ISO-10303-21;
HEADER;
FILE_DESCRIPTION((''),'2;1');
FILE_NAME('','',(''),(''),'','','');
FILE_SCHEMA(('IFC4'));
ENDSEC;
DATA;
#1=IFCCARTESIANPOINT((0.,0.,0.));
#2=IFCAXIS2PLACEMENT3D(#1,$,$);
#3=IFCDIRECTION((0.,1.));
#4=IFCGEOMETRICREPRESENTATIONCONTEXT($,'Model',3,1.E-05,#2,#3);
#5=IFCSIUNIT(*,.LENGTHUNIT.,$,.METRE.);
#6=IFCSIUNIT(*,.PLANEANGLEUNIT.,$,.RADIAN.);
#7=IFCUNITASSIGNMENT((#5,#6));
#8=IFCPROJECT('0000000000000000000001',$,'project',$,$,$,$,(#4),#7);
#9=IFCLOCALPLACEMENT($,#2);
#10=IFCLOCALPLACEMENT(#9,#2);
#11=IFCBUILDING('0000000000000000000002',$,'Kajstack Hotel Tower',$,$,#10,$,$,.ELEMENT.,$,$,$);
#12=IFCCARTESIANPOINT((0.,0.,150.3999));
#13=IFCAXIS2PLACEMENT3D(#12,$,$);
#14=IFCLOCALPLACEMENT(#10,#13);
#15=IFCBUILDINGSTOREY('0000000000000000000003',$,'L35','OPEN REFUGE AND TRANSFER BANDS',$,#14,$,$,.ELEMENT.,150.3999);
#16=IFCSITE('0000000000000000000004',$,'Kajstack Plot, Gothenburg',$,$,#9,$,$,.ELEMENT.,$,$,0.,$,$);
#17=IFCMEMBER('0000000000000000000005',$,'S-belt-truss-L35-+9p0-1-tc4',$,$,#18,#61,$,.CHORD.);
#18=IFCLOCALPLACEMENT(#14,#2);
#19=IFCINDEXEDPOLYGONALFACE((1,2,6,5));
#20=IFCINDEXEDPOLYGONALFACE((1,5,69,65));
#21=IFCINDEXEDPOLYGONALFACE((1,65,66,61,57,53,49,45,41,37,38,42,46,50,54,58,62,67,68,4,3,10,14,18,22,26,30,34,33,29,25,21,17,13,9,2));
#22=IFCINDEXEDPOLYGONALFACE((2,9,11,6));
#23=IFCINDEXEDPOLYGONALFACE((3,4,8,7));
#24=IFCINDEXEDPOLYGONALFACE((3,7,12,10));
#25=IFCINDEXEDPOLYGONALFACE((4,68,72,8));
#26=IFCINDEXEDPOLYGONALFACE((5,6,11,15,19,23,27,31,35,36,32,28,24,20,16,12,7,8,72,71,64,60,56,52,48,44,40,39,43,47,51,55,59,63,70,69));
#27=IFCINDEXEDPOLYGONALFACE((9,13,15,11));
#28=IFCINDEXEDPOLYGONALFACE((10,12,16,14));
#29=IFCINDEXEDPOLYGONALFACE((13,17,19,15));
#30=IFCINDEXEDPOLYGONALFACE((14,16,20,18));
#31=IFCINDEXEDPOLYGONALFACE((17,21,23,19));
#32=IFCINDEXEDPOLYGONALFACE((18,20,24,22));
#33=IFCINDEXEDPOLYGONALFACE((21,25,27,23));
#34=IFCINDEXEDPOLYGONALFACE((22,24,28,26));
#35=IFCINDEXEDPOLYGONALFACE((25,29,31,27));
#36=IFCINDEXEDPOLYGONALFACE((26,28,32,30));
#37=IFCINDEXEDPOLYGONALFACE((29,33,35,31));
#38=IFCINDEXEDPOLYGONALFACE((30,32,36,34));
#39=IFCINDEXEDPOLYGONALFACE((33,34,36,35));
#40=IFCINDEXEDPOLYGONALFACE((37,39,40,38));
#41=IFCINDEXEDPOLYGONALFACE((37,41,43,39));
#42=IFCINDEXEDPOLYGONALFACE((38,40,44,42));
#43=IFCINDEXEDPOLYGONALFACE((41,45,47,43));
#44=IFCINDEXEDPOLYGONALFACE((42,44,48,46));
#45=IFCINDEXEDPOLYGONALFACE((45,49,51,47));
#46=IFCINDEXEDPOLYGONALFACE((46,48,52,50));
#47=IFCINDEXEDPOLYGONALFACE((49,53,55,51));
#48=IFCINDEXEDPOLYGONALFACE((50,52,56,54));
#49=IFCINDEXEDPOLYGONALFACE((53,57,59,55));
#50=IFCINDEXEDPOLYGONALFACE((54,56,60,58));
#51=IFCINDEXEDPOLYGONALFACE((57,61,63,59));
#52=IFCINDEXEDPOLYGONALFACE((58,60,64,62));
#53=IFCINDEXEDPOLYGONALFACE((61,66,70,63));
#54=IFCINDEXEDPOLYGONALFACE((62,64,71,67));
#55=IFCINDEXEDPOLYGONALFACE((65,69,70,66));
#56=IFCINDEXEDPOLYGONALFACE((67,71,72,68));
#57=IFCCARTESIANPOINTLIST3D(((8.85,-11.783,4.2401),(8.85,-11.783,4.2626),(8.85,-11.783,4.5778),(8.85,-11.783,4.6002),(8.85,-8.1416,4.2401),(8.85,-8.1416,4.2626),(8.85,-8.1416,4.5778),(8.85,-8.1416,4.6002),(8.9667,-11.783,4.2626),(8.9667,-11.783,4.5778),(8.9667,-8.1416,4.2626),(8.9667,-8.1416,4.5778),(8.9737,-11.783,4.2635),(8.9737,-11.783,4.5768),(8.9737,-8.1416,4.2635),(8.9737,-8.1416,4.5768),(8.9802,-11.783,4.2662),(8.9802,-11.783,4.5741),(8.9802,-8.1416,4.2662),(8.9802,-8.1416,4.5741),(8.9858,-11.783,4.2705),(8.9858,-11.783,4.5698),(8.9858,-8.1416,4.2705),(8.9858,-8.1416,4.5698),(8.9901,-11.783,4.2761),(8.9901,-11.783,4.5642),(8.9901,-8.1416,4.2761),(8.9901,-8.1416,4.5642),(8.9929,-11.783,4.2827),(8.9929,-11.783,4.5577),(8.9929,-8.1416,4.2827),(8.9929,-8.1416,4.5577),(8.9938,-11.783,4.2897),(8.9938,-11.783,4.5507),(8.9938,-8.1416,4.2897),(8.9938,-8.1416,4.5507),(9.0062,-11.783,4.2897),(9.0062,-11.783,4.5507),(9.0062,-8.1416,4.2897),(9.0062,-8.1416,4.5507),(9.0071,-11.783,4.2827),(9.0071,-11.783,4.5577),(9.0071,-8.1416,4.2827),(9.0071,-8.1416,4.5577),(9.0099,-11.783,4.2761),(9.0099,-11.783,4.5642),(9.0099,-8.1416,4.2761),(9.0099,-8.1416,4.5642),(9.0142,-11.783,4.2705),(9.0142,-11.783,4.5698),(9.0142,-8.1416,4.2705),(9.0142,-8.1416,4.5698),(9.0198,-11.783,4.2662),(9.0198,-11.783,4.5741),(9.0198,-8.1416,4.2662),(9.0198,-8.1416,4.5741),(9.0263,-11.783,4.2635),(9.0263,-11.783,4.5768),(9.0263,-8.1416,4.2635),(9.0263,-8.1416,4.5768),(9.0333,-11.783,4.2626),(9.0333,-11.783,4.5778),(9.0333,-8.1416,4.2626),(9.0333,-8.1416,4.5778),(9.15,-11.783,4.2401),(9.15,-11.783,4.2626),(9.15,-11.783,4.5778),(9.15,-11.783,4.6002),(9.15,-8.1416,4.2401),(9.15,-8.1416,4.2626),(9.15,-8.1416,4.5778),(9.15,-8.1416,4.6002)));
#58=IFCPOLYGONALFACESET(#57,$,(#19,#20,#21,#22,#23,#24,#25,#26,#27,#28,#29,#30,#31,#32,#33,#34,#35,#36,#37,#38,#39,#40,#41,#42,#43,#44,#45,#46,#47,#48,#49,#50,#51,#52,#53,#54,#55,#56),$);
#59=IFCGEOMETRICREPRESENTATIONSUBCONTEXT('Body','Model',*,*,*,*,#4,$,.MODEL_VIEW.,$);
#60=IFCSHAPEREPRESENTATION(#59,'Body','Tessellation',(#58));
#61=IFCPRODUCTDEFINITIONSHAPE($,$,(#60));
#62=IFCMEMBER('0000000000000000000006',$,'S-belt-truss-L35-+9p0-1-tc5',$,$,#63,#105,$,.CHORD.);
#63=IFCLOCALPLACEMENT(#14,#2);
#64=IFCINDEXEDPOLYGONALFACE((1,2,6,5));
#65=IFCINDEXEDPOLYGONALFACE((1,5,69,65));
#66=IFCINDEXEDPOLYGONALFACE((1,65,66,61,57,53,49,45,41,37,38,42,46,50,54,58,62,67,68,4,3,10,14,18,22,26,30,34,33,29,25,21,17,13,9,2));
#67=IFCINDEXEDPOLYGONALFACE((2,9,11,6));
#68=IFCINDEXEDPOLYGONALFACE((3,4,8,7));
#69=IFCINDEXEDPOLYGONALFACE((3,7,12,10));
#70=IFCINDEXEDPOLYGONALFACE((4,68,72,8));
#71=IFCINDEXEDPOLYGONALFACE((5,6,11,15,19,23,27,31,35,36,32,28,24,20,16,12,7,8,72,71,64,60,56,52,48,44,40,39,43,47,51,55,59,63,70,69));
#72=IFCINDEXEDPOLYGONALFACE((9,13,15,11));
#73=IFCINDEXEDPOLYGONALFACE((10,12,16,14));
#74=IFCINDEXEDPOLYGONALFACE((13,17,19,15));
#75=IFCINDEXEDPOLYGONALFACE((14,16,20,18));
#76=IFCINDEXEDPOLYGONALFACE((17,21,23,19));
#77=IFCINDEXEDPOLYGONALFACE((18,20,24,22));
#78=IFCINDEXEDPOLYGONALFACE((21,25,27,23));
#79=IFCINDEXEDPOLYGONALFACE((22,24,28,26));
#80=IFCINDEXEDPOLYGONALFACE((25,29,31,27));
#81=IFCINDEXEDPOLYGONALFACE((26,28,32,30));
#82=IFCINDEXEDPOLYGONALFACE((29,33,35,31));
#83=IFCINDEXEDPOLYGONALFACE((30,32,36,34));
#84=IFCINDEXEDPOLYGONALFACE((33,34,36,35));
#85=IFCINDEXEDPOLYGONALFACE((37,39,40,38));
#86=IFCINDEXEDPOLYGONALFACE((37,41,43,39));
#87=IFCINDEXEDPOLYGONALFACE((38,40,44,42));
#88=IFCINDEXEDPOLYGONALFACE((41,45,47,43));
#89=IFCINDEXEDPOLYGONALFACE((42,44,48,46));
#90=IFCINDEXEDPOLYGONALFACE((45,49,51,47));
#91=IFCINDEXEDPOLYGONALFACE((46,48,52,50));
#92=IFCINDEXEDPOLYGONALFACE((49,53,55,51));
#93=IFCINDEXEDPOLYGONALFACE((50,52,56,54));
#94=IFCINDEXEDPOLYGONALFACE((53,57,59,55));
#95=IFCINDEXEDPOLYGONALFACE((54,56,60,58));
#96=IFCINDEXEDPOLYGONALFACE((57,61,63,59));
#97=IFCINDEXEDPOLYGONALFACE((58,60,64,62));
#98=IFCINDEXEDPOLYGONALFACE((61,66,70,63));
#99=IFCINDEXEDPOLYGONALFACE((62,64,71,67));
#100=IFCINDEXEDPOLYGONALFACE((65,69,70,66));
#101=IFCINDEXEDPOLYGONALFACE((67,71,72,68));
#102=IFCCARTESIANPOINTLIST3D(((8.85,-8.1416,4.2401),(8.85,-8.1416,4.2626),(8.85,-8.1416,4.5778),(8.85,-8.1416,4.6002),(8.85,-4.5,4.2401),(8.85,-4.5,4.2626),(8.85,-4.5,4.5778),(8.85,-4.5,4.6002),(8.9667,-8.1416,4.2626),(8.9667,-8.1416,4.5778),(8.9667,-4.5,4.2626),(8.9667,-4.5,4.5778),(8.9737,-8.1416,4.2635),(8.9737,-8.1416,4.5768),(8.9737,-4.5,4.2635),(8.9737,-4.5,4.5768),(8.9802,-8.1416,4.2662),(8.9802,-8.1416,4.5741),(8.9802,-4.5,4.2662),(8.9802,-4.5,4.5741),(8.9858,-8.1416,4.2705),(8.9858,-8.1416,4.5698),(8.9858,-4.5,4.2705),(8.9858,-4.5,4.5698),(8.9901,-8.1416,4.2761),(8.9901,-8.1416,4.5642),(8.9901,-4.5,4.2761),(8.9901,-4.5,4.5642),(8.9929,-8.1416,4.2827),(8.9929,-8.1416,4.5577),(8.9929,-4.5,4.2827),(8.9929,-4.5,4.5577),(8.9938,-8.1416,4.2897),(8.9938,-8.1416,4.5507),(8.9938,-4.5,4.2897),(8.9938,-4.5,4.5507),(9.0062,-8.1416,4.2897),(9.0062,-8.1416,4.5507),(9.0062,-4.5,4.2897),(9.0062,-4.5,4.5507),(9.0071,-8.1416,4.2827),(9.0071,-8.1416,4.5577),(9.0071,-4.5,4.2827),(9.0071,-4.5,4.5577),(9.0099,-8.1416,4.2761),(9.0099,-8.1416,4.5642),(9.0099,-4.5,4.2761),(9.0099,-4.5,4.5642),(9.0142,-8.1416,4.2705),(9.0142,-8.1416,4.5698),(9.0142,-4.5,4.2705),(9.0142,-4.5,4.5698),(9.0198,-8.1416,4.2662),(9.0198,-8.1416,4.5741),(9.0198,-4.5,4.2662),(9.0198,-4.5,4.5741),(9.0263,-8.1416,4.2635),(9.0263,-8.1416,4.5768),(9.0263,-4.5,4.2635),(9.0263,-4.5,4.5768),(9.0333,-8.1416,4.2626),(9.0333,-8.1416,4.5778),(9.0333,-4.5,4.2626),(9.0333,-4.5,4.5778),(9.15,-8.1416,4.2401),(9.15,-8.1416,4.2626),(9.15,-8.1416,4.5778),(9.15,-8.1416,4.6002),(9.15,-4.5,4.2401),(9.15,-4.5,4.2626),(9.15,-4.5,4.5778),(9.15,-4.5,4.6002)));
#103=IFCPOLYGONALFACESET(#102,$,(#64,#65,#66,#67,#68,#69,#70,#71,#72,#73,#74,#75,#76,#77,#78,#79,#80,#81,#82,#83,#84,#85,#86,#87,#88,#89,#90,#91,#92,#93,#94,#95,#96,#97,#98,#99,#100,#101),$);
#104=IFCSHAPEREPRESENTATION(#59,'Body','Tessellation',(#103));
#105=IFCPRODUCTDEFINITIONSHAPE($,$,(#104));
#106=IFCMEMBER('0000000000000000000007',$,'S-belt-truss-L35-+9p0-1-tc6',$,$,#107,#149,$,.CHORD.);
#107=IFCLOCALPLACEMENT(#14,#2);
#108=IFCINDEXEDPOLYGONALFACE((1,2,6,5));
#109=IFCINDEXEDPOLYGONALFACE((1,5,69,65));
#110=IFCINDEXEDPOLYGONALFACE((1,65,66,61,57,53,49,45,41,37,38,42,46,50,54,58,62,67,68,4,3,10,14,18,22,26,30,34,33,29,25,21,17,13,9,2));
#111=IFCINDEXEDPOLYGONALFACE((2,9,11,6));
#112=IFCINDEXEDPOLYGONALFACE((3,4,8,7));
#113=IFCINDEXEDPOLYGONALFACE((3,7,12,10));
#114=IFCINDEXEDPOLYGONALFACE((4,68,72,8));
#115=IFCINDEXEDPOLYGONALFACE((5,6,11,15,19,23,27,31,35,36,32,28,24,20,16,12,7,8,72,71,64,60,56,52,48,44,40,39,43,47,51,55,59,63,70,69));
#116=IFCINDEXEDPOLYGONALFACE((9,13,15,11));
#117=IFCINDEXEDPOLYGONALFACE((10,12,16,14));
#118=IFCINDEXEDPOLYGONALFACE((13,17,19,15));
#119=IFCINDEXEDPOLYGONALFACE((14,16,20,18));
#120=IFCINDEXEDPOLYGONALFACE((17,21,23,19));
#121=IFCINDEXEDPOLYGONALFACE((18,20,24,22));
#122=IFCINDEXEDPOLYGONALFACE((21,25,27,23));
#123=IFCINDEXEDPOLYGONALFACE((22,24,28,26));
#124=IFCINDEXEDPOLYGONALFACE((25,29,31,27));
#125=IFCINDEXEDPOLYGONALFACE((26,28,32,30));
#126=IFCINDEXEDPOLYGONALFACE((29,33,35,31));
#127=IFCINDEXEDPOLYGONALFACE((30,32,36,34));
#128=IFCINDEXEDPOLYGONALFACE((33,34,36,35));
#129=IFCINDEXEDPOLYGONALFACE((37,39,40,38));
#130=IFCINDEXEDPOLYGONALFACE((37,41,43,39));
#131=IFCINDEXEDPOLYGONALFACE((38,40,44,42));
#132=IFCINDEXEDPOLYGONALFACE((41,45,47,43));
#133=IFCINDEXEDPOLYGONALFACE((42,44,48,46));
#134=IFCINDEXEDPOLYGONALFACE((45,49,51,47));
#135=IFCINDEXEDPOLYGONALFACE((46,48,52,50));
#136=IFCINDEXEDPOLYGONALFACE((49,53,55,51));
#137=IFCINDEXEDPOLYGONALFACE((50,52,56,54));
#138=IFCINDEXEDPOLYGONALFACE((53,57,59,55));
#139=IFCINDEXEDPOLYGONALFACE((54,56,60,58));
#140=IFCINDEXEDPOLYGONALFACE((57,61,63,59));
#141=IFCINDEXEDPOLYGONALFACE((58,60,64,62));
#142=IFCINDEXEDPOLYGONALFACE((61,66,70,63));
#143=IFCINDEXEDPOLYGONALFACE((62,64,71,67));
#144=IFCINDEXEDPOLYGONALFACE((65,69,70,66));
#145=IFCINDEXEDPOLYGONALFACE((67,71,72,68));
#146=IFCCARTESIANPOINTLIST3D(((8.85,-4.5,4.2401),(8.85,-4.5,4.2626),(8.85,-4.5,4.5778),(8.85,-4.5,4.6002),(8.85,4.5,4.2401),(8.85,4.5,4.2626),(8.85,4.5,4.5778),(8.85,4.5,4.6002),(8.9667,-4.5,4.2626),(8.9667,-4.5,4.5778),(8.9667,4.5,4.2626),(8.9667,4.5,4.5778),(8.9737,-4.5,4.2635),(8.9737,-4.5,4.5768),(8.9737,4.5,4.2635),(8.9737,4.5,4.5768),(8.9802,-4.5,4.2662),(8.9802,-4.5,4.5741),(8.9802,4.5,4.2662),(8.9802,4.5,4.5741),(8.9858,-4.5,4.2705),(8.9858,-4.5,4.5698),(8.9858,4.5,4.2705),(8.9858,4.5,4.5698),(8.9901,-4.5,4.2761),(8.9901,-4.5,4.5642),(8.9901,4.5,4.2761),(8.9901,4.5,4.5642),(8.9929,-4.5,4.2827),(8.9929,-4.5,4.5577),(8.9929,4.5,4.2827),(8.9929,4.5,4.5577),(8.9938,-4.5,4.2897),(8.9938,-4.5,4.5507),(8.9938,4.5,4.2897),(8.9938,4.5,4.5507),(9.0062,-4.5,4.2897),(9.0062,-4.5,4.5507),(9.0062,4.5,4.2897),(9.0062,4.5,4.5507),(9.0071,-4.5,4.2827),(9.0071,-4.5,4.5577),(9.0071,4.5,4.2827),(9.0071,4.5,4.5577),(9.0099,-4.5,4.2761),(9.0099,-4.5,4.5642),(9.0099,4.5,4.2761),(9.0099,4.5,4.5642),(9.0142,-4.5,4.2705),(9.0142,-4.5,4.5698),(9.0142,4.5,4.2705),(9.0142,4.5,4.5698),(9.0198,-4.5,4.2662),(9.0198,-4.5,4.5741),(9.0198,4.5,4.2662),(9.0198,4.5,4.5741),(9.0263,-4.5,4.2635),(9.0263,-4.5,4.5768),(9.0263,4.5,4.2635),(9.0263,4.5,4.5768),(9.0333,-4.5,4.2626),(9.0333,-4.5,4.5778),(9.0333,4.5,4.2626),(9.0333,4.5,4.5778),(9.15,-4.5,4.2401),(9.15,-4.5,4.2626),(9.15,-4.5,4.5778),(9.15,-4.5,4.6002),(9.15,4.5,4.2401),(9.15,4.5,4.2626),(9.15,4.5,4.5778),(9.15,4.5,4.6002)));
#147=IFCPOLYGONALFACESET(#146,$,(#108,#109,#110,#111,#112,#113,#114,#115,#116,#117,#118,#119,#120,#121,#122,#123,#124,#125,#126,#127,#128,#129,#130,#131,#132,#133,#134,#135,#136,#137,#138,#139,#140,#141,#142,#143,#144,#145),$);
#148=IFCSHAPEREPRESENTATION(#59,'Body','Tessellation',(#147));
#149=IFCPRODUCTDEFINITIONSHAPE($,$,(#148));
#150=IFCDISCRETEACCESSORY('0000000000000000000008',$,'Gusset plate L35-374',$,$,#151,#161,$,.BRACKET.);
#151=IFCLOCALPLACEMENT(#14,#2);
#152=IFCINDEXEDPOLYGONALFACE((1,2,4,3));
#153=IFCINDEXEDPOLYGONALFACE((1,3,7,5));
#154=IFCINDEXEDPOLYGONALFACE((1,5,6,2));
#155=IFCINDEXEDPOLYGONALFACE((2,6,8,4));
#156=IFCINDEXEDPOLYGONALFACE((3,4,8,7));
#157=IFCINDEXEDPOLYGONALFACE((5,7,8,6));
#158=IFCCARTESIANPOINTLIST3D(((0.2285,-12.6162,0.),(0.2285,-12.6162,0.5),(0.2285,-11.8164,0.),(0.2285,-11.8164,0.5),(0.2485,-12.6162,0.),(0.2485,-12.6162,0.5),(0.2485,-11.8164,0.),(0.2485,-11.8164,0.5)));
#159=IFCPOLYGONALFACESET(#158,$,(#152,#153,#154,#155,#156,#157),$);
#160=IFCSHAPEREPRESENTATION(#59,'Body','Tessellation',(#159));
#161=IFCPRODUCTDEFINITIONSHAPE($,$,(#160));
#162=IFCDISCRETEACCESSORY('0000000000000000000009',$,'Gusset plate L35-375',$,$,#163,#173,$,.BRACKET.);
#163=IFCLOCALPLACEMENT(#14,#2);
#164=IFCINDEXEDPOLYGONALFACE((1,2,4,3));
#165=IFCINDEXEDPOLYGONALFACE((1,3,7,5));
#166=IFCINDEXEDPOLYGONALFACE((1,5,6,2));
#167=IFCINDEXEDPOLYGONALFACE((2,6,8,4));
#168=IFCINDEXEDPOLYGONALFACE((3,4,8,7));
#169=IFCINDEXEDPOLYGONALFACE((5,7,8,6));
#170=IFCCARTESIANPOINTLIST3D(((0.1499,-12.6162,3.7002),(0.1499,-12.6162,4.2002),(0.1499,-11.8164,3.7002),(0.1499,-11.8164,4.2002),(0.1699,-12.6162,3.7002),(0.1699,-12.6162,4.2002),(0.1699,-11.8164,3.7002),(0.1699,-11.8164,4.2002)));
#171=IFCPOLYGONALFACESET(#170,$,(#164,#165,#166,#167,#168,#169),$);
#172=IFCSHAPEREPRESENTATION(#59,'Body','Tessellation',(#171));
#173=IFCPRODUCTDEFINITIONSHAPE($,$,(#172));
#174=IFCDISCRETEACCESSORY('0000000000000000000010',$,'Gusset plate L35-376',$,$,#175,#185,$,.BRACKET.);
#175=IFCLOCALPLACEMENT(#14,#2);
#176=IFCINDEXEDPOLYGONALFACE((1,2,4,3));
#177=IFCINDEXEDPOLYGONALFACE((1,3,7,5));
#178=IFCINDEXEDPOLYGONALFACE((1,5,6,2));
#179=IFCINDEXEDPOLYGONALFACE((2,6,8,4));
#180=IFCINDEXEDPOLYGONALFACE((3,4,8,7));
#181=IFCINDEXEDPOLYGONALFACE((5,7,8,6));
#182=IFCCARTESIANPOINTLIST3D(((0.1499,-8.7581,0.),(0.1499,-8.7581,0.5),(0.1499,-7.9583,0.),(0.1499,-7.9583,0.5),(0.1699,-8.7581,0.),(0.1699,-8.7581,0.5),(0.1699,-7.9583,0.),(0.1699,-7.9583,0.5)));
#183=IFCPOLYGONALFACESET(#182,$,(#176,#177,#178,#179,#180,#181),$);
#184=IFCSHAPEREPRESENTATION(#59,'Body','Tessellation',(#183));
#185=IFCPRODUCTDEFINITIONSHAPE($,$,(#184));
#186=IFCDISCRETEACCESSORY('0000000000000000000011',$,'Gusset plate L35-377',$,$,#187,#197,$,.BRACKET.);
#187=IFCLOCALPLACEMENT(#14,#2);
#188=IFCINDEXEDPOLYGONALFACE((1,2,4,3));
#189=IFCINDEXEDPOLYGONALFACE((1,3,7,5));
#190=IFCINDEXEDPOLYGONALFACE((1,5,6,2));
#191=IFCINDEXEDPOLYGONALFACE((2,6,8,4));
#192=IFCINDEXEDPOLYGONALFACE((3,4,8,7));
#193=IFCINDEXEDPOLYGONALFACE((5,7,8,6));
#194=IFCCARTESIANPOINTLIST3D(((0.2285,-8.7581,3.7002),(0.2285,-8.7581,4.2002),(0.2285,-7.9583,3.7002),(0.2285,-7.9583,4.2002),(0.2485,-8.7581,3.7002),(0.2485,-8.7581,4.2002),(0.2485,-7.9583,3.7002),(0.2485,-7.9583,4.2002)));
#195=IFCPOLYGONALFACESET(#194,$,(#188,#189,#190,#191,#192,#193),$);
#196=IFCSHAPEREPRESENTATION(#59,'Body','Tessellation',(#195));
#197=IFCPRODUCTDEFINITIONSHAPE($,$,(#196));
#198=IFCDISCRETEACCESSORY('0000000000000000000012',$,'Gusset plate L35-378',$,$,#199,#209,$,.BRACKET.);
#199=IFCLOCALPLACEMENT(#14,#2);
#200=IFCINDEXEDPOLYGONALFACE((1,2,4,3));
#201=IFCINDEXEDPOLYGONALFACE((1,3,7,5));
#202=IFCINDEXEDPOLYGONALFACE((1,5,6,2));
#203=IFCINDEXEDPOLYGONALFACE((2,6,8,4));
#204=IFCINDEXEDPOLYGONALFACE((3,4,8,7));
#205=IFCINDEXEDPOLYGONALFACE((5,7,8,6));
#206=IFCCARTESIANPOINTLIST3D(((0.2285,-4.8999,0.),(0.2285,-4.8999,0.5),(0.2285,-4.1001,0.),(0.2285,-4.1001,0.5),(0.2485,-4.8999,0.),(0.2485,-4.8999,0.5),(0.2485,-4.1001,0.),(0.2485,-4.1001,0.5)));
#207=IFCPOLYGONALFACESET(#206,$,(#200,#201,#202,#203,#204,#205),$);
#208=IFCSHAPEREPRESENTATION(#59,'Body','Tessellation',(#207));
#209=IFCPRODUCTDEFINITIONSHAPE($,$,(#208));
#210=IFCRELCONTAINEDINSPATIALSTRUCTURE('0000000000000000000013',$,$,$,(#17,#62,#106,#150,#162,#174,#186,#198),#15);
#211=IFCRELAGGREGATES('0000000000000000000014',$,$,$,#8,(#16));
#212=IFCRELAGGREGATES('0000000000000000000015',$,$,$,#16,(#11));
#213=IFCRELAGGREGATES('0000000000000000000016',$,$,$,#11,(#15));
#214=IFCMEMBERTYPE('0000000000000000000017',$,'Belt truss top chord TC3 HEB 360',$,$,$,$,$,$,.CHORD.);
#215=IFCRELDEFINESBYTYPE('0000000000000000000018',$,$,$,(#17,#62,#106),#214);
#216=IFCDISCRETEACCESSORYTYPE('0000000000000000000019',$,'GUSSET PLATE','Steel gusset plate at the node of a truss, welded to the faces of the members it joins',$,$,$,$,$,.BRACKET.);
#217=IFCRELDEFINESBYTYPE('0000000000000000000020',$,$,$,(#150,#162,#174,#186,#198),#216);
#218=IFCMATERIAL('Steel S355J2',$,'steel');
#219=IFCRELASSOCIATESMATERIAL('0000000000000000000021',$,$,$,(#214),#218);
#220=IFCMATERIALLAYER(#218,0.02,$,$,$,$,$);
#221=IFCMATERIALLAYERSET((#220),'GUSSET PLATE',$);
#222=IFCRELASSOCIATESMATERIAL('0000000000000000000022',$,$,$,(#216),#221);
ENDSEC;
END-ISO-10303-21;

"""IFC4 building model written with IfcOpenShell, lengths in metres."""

from ifc_helpers import new_model, si_unit, direction, frame, origin, origin_2d, place, context, subcontext, project, spatial, polyline, i_section, outline, extrude, material, layer, layer_set, material_profile, profile_set, type_object, element, save


model = new_model("IFC4")

# Units and contexts
model_context = context("Model", 3, precision=1e-05, world=origin(), true_north=direction((0.0, 1.0)))
body_context = subcontext(model_context, "Body", "Model", "MODEL_VIEW")
ifc_project = project(units=[si_unit("LENGTHUNIT", "METRE"), si_unit("PLANEANGLEUNIT", "RADIAN")], contexts=[model_context])

# Site, building, storey
site_placement = place(None, origin())
site = spatial("IfcSite", under=ifc_project, at=site_placement, Name="Kajstack Plot, Gothenburg", CompositionType="ELEMENT", RefElevation=0.0)
building_placement = place(site_placement, origin())
building = spatial("IfcBuilding", under=site, at=building_placement, Name="Kajstack Hotel Tower", CompositionType="ELEMENT")
storey_placement = place(building_placement, frame((0.0, 0.0, 150.3999)))
storey = spatial("IfcBuildingStorey", under=building, at=storey_placement, Name="L35", Description="OPEN REFUGE AND TRANSFER BANDS", CompositionType="ELEMENT", Elevation=150.3999)

# Members
ifc_material = material(Name="Steel S355J2", Category="steel")
ifc_material_profile_1 = material_profile(ifc_material, i_section(OverallWidth=0.3, OverallDepth=0.3601, WebThickness=0.0125, FlangeThickness=0.0225, FilletRadius=0.0271, at=origin_2d()), Name="HEB 360")
ifc_profile_set_1 = profile_set([ifc_material_profile_1], Name="Steel S355J2")
member_type_1 = type_object("IfcMemberType", Name="Belt truss top chord TC3 HEB 360", PredefinedType="CHORD", material=ifc_profile_set_1)
member_1_placement = place(storey_placement, frame((9.0, -11.783, 4.4202), z_axis=(0.0, 1.0, 0.0), x_axis=(-1.0, 0.0, 0.0)))
element("IfcMember", 1, at=member_1_placement, inside=storey, type_object=member_type_1, Name="S-belt-truss-L35-+9p0-1-tc4", PredefinedType="CHORD", context=body_context, shape_type="SweptSolid", body=[
    extrude(i_section(OverallWidth=0.3, OverallDepth=0.3601, WebThickness=0.0125, FlangeThickness=0.0225, FilletRadius=0.0271, at=origin_2d()), origin(), (0.0, 0.0, 1.0), 3.6414),
])
member_2_placement = place(storey_placement, frame((9.0, -8.1416, 4.4202), z_axis=(0.0, 1.0, 0.0), x_axis=(-1.0, 0.0, 0.0)))
element("IfcMember", 2, at=member_2_placement, inside=storey, type_object=member_type_1, Name="S-belt-truss-L35-+9p0-1-tc5", PredefinedType="CHORD", context=body_context, shape_type="SweptSolid", body=[
    extrude(i_section(OverallWidth=0.3, OverallDepth=0.3601, WebThickness=0.0125, FlangeThickness=0.0225, FilletRadius=0.0271, at=origin_2d()), origin(), (0.0, 0.0, 1.0), 3.6416),
])
member_3_placement = place(storey_placement, frame((9.0, -4.5, 4.4202), z_axis=(0.0, 1.0, 0.0), x_axis=(-1.0, 0.0, 0.0)))
element("IfcMember", 3, at=member_3_placement, inside=storey, type_object=member_type_1, Name="S-belt-truss-L35-+9p0-1-tc6", PredefinedType="CHORD", context=body_context, shape_type="SweptSolid", body=[
    extrude(i_section(OverallWidth=0.3, OverallDepth=0.3601, WebThickness=0.0125, FlangeThickness=0.0225, FilletRadius=0.0271, at=origin_2d()), origin(), (0.0, 0.0, 1.0), 9.0),
])

# Discrete accessories
ifc_layer = layer(ifc_material, 0.02)
ifc_layer_set = layer_set([ifc_layer], Name="GUSSET PLATE")
discrete_accessory_type = type_object("IfcDiscreteAccessoryType", Name="GUSSET PLATE", Description="Steel gusset plate at the node of a truss, welded to the faces of the members it joins", PredefinedType="BRACKET", material=ifc_layer_set)
for number, where, z_axis, x_axis, name in (
    (4, (0.2285, -12.2163, 0.0), (1.0, 0.0, 0.0), (0.0, 1.0, 0.0), "Gusset plate L35-374"),
    (5, (0.1499, -12.2163, 3.7002), (1.0, 0.0, 0.0), (0.0, 1.0, 0.0), "Gusset plate L35-375"),
    (6, (0.1499, -8.3582, 0.0), (1.0, 0.0, 0.0), (0.0, 1.0, 0.0), "Gusset plate L35-376"),
    (7, (0.2285, -8.3582, 3.7002), (1.0, 0.0, 0.0), (0.0, 1.0, 0.0), "Gusset plate L35-377"),
    (8, (0.2285, -4.5, 0.0), (1.0, 0.0, 0.0), (0.0, 1.0, 0.0), "Gusset plate L35-378"),
):
    element("IfcDiscreteAccessory", number, at=place(storey_placement, frame(where, z_axis=z_axis, x_axis=x_axis)), inside=storey, type_object=discrete_accessory_type, Name=name, PredefinedType="BRACKET", context=body_context, shape_type="SweptSolid", body=[
        extrude(outline(polyline([(-0.3999, 0.0), (0.3999, 0.0), (0.3999, 0.5), (-0.3999, 0.5), (-0.3999, 0.0)])), origin(), (0.0, 0.0, 1.0), 0.02),
    ])

save(model, "model.ifc")
